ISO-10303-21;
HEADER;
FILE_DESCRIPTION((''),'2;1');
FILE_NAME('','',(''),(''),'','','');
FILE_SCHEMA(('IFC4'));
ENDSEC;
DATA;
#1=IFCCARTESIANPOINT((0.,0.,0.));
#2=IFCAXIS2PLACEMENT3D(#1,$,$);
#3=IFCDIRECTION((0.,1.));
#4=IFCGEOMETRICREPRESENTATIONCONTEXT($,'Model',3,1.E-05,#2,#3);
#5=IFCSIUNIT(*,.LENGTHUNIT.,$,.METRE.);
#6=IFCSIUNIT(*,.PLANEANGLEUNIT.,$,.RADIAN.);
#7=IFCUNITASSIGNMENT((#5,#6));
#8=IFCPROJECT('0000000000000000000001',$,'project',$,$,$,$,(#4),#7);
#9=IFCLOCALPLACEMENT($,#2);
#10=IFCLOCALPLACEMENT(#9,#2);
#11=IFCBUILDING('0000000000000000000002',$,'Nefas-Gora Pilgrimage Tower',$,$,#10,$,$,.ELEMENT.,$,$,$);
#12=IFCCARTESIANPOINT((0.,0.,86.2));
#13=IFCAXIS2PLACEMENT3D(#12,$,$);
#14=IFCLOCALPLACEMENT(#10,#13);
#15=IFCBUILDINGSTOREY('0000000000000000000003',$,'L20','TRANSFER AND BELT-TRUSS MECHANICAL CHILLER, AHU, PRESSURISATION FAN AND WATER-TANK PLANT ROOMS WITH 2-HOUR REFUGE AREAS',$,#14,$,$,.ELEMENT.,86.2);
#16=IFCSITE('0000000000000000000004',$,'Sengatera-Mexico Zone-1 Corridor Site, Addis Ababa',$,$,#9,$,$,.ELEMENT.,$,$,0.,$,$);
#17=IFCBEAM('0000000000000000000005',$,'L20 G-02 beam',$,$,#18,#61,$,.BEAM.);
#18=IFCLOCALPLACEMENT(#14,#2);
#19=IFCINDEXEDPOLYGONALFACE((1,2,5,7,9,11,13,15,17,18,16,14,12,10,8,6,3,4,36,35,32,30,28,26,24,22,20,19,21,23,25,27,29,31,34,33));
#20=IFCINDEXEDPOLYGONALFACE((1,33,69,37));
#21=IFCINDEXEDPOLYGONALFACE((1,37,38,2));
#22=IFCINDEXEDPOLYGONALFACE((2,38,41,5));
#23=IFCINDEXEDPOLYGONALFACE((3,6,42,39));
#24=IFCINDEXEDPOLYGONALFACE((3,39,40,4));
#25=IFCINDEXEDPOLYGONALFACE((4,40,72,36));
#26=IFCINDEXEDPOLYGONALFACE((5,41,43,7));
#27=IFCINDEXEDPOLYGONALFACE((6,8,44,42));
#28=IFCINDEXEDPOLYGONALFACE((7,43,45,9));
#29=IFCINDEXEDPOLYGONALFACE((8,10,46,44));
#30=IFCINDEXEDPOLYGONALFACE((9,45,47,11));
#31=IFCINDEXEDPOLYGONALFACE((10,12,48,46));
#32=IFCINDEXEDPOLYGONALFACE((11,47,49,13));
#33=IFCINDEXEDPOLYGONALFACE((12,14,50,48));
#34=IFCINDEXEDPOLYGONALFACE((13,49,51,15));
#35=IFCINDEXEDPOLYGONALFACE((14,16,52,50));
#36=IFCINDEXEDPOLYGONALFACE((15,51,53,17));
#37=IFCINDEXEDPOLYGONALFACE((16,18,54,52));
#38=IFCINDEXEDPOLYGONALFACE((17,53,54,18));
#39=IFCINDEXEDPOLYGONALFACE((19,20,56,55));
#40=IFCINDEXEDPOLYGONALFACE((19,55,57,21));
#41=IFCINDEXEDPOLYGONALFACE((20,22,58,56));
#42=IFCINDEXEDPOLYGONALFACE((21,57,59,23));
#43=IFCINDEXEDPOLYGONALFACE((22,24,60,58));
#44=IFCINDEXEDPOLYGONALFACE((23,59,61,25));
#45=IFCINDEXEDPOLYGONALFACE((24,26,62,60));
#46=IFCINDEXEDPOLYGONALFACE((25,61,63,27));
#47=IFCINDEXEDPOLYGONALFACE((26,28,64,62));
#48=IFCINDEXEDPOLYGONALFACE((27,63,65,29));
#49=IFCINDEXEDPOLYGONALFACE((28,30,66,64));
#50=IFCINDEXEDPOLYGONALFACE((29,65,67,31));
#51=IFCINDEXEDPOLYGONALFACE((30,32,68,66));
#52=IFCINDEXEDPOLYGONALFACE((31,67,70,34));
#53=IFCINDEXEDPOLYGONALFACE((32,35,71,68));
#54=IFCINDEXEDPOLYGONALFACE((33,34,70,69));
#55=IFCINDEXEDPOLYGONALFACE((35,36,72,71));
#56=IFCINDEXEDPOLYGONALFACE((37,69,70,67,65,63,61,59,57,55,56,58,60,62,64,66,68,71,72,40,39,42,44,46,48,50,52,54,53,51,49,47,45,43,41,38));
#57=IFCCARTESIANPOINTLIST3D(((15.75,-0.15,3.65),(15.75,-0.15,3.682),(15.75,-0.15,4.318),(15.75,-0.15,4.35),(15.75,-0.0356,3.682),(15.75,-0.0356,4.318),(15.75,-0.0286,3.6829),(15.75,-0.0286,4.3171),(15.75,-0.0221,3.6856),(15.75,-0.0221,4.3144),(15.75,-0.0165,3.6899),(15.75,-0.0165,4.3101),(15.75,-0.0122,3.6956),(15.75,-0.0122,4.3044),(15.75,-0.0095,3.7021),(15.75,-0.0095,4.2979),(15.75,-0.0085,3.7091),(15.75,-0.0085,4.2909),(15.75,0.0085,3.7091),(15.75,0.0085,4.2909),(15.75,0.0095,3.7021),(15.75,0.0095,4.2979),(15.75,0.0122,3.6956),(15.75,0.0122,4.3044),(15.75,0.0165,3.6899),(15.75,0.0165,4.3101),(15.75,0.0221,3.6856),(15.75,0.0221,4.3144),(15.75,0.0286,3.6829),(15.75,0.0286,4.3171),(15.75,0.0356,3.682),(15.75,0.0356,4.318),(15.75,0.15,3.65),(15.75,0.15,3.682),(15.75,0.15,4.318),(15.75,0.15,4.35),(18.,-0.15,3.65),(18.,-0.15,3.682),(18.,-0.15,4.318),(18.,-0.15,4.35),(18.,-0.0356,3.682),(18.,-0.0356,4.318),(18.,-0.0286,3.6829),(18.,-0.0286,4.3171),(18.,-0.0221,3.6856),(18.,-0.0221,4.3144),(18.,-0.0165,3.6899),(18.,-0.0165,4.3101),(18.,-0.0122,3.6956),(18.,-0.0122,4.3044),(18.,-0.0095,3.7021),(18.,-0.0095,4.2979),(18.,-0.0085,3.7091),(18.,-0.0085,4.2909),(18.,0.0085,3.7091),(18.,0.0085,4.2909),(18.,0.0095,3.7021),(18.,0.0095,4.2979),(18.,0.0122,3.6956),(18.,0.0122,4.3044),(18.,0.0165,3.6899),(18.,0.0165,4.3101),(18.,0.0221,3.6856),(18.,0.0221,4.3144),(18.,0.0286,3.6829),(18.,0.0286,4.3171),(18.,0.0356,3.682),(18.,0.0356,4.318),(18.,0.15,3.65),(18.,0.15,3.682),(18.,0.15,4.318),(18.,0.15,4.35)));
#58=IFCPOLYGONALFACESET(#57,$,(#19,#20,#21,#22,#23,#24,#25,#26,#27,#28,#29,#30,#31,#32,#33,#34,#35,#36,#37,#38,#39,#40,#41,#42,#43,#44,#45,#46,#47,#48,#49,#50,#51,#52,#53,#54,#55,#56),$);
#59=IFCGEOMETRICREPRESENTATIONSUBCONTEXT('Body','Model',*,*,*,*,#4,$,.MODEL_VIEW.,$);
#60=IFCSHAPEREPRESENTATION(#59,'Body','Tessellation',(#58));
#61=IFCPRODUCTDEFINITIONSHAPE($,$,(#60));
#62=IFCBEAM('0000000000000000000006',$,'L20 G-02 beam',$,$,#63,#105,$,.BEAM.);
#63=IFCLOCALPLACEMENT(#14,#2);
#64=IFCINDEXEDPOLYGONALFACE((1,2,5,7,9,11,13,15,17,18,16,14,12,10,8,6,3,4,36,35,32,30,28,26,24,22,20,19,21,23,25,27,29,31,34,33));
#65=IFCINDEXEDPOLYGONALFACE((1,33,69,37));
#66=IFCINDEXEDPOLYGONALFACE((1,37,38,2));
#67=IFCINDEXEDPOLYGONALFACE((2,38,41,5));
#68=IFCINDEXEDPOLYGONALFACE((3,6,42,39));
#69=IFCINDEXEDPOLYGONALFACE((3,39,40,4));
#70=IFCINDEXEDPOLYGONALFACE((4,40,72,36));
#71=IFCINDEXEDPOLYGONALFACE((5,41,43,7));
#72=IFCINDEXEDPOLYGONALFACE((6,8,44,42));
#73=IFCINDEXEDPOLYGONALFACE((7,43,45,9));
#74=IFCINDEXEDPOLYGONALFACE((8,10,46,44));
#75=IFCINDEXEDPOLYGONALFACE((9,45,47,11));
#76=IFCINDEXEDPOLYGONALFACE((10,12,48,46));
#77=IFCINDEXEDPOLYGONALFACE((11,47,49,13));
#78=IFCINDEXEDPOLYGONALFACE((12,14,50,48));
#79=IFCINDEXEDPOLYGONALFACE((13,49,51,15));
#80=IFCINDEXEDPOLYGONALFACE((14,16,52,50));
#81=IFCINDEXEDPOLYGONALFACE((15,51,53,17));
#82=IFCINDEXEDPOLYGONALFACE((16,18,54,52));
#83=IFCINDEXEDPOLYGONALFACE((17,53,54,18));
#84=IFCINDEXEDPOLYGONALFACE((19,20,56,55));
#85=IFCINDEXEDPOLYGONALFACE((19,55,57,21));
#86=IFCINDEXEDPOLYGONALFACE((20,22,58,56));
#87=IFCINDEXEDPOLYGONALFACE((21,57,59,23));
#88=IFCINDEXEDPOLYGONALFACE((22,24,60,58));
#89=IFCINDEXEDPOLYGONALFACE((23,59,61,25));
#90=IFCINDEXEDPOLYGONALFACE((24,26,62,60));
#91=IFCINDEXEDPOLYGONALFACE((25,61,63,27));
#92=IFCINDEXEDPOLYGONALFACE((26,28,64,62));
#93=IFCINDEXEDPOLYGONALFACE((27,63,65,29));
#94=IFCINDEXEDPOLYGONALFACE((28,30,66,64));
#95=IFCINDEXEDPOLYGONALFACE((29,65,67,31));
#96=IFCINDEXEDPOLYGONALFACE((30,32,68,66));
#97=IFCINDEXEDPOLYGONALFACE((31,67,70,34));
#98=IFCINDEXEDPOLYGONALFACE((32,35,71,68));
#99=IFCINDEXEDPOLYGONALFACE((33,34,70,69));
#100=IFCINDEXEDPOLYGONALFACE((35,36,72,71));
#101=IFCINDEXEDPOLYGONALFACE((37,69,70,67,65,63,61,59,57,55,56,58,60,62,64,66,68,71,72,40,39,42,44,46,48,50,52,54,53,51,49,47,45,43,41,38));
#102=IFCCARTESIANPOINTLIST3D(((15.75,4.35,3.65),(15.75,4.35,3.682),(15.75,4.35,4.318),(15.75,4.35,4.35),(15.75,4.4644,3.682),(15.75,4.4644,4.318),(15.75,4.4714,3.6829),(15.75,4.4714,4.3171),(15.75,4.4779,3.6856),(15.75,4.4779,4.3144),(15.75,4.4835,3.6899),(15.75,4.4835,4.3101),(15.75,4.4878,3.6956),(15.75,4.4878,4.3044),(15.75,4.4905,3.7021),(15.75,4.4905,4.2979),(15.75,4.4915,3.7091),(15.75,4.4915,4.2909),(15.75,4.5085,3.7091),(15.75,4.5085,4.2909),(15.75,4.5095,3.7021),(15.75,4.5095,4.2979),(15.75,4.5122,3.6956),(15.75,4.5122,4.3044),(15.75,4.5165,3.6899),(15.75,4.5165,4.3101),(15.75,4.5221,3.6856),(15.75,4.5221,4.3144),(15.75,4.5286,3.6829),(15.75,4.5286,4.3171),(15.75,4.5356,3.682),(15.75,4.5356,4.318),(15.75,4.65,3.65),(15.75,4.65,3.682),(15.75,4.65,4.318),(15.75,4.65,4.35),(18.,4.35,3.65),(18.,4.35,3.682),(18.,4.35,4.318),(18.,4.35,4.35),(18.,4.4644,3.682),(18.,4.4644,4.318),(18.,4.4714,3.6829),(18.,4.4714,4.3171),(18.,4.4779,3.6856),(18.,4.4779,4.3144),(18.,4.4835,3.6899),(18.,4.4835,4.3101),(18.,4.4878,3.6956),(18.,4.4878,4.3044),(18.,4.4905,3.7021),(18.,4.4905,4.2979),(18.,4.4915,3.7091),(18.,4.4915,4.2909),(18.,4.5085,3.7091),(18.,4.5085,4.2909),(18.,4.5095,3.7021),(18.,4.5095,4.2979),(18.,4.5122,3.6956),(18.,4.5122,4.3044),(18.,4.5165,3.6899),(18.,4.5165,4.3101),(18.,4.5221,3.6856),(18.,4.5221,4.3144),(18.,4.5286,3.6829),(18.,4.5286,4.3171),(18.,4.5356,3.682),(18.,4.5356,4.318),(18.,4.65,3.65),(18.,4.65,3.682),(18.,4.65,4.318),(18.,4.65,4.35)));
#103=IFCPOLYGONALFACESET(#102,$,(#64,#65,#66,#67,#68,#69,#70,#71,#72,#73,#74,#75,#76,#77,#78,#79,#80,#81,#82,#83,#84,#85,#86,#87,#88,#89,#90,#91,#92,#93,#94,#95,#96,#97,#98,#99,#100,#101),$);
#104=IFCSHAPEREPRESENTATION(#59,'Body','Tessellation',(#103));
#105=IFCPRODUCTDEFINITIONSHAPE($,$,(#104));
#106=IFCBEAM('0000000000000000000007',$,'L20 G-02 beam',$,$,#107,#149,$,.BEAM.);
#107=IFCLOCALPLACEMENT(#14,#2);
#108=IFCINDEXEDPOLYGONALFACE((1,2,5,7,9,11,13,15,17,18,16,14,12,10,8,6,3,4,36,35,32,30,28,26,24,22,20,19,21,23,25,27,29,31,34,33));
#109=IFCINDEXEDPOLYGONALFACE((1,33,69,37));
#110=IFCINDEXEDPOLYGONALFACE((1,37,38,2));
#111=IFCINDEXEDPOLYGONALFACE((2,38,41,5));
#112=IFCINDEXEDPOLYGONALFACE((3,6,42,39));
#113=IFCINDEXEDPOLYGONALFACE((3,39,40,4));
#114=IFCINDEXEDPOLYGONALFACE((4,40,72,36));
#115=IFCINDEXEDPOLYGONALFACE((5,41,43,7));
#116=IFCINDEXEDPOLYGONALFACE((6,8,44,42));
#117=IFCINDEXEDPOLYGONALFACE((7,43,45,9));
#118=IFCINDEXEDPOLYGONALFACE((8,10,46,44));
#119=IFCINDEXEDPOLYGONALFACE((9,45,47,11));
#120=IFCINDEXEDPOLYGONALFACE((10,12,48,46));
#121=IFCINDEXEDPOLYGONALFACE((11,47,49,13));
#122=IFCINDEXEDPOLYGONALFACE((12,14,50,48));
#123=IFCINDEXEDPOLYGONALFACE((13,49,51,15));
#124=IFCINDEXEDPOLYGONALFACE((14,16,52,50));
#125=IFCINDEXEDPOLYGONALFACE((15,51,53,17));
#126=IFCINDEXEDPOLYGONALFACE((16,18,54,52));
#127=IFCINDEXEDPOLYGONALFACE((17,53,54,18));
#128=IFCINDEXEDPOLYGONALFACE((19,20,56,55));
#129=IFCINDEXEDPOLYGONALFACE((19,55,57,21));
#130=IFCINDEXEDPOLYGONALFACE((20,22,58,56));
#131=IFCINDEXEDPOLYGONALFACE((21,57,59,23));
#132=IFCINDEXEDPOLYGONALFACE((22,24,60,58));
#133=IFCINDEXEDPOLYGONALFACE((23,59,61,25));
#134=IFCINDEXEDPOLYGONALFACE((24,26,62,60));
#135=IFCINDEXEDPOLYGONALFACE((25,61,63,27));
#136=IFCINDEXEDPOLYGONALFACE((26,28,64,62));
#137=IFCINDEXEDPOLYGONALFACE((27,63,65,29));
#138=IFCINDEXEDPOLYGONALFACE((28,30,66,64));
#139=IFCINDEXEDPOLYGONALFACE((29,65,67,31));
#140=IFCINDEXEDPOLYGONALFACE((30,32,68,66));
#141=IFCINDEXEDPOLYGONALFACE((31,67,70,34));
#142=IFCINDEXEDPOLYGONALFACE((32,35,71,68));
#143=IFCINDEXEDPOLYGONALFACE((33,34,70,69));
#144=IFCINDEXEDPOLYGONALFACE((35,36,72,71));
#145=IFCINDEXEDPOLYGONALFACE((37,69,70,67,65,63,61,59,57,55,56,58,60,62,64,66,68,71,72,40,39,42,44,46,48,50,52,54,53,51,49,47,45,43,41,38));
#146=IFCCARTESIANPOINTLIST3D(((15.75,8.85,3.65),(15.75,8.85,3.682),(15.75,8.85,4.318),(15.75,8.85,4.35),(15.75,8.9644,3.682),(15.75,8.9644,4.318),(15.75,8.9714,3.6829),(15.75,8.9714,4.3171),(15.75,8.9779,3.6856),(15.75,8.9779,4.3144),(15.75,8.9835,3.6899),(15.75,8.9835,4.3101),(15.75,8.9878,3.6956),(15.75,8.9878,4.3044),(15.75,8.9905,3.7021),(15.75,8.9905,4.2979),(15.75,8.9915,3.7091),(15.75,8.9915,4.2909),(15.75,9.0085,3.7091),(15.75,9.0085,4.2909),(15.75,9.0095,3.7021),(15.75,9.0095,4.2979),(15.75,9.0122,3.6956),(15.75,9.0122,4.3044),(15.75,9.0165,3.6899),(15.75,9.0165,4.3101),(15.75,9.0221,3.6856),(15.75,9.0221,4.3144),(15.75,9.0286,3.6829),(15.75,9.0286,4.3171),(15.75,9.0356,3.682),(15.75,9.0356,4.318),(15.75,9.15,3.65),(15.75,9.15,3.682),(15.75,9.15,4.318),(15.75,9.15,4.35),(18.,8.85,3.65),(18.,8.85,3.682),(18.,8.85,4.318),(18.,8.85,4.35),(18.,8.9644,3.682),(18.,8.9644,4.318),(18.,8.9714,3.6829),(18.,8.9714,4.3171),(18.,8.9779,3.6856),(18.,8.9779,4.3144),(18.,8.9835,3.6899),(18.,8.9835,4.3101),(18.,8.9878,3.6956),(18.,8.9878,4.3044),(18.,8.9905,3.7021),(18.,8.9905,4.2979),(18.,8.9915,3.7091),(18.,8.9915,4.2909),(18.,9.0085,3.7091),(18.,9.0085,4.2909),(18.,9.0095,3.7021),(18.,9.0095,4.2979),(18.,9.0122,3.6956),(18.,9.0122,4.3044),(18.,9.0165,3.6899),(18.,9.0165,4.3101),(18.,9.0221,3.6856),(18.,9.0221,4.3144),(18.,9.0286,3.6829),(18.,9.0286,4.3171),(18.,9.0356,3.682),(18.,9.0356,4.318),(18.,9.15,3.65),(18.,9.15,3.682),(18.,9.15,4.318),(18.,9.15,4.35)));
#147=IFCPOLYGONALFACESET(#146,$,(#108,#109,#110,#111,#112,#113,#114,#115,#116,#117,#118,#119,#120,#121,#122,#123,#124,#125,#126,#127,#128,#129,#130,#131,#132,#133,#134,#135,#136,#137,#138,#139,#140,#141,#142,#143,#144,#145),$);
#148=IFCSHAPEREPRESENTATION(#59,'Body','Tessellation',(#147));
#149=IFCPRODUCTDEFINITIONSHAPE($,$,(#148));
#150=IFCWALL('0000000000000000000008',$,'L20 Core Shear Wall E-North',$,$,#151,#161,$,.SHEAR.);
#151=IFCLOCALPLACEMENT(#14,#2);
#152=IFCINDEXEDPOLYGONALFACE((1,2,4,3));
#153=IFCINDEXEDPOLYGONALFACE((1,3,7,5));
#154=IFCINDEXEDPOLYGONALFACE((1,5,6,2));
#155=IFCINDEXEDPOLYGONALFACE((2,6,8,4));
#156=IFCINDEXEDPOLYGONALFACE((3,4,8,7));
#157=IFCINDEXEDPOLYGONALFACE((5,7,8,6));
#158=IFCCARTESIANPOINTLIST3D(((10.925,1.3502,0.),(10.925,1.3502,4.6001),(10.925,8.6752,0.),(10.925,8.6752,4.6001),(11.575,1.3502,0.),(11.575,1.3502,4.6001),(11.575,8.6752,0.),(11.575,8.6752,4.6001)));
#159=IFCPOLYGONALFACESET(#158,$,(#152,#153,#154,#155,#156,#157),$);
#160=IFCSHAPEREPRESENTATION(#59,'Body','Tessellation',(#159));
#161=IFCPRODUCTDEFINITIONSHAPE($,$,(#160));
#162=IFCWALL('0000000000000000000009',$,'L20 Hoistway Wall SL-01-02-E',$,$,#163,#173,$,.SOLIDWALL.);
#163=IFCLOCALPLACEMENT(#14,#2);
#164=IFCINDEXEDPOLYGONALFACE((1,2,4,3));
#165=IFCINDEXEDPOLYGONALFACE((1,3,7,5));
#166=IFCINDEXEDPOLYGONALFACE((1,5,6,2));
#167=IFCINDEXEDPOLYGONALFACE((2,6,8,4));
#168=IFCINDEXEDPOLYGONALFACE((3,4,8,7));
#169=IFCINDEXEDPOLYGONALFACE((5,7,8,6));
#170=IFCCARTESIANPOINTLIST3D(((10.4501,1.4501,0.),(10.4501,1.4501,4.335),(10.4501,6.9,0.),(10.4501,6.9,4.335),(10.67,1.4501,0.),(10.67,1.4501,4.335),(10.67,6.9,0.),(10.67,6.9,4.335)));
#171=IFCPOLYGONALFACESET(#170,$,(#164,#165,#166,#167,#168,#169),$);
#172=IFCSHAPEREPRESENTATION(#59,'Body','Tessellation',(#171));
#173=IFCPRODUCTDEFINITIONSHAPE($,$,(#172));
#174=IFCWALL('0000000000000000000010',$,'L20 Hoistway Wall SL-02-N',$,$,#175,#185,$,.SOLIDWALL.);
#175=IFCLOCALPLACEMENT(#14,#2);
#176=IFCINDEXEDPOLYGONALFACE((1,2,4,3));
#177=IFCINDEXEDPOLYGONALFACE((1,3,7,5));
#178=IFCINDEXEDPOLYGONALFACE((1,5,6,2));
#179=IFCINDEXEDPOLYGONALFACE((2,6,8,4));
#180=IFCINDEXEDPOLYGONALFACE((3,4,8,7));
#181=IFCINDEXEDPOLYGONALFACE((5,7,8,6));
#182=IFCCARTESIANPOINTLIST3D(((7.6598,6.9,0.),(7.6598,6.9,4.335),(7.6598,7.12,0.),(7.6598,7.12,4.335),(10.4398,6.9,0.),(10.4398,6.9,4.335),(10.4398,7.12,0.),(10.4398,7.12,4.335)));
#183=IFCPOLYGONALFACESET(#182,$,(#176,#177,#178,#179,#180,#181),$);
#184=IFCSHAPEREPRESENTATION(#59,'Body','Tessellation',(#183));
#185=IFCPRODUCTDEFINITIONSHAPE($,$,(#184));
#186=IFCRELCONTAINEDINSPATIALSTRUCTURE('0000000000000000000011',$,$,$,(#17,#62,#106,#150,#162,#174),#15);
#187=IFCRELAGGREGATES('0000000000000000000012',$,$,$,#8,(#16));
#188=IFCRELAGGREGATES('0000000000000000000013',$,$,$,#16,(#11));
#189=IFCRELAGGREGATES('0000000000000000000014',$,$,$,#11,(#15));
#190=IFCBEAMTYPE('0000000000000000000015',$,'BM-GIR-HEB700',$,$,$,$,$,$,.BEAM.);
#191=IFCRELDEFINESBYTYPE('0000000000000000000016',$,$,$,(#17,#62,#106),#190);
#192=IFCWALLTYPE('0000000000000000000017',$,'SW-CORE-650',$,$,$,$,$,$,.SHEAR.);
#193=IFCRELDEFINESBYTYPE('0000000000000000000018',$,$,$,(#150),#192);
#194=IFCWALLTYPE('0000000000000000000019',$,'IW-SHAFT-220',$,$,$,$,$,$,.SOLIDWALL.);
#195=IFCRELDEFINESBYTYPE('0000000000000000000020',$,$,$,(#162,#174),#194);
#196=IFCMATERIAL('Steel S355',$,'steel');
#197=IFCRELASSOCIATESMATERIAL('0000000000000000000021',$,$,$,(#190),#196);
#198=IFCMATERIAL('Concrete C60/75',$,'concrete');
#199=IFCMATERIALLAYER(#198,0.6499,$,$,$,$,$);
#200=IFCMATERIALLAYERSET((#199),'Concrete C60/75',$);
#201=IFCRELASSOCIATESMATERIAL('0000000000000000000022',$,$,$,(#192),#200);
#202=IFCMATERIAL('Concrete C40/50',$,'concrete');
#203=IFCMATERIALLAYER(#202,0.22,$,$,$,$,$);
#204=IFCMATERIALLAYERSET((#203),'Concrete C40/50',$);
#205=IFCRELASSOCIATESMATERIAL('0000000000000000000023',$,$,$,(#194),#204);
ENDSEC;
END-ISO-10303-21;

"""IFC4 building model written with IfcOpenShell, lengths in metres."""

from ifc_helpers import new_model, si_unit, direction, frame, frame_2d, origin, origin_2d, place, context, subcontext, project, spatial, rectangle, i_section, extrude, source, transform, mapped, material, layer, layer_set, material_profile, profile_set, type_object, element, save


model = new_model("IFC4")

# Units and contexts
model_context = context("Model", 3, precision=1e-05, world=origin(), true_north=direction((0.0, 1.0)))
body_context = subcontext(model_context, "Body", "Model", "MODEL_VIEW")
ifc_project = project(units=[si_unit("LENGTHUNIT", "METRE"), si_unit("PLANEANGLEUNIT", "RADIAN")], contexts=[model_context])

# Site, building, storey
site_placement = place(None, origin())
site = spatial("IfcSite", under=ifc_project, at=site_placement, Name="Sengatera-Mexico Zone-1 Corridor Site, Addis Ababa", CompositionType="ELEMENT", RefElevation=0.0)
building_placement = place(site_placement, origin())
building = spatial("IfcBuilding", under=site, at=building_placement, Name="Nefas-Gora Pilgrimage Tower", CompositionType="ELEMENT")
storey_placement = place(building_placement, frame((0.0, 0.0, 86.2)))
storey = spatial("IfcBuildingStorey", under=building, at=storey_placement, Name="L20", Description="TRANSFER AND BELT-TRUSS MECHANICAL CHILLER, AHU, PRESSURISATION FAN AND WATER-TANK PLANT ROOMS WITH 2-HOUR REFUGE AREAS", CompositionType="ELEMENT", Elevation=86.2)

# Beams
ifc_material_1 = material(Name="Steel S355", Category="steel")
ifc_material_profile_1 = material_profile(ifc_material_1, i_section(OverallWidth=0.3, OverallDepth=0.7, WebThickness=0.0171, FlangeThickness=0.032, FilletRadius=0.0271, at=origin_2d()), Name="HEB 700")
ifc_profile_set_1 = profile_set([ifc_material_profile_1], Name="Steel S355")
beam_type = type_object("IfcBeamType", Name="BM-GIR-HEB700", PredefinedType="BEAM", material=ifc_profile_set_1)
shared_shape_1 = source(origin(), body_context, "Body", "SweptSolid", [
    extrude(i_section(OverallWidth=0.3, OverallDepth=0.7, WebThickness=0.0171, FlangeThickness=0.032, FilletRadius=0.0271, at=origin_2d()), origin(), (0.0, 0.0, 1.0), 2.25),
])
for number, where, z_axis, x_axis, name in (
    (1, (15.75, 0.0, 4.0), (1.0, 0.0, 0.0), (0.0, 1.0, 0.0), "L20 G-02 beam"),
    (2, (15.75, 4.5, 4.0), (1.0, 0.0, 0.0), (0.0, 1.0, 0.0), "L20 G-02 beam"),
    (3, (15.75, 9.0, 4.0), (1.0, 0.0, 0.0), (0.0, 1.0, 0.0), "L20 G-02 beam"),
):
    element("IfcBeam", number, at=place(storey_placement, frame(where, z_axis=z_axis, x_axis=x_axis)), inside=storey, type_object=beam_type, Name=name, PredefinedType="BEAM", context=body_context, shape_type="MappedRepresentation", body=[
        mapped(shared_shape_1, transform((0.0, 0.0, 0.0), x_axis=(1.0, 0.0, 0.0), y_axis=(0.0, 1.0, 0.0), z_axis=(0.0, 0.0, 1.0), scale=1.0)),
    ])

# Walls
ifc_material_2 = material(Name="Concrete C60/75", Category="concrete")
ifc_layer_1 = layer(ifc_material_2, 0.6499)
ifc_layer_set_1 = layer_set([ifc_layer_1], Name="Concrete C60/75")
wall_type_1 = type_object("IfcWallType", Name="SW-CORE-650", PredefinedType="SHEAR", material=ifc_layer_set_1)
shared_shape_2 = source(origin(), body_context, "Body", "SweptSolid", [
    extrude(rectangle(XDim=7.325, YDim=0.6499, at=frame_2d((3.6626, 0.0))), origin(), (0.0, 0.0, 1.0), 4.6001),
])
wall_1_placement = place(storey_placement, frame((11.25, 1.3501, 0.0), z_axis=(0.0, 0.0, 1.0), x_axis=(0.0, 1.0, 0.0)))
element("IfcWall", 4, at=wall_1_placement, inside=storey, type_object=wall_type_1, Name="L20 Core Shear Wall E-North", PredefinedType="SHEAR", context=body_context, shape_type="MappedRepresentation", body=[
    mapped(shared_shape_2, transform((0.0, 0.0, 0.0), x_axis=(1.0, 0.0, 0.0), y_axis=(0.0, 1.0, 0.0), z_axis=(0.0, 0.0, 1.0), scale=1.0)),
])
ifc_material_3 = material(Name="Concrete C40/50", Category="concrete")
ifc_layer_2 = layer(ifc_material_3, 0.22)
ifc_layer_set_2 = layer_set([ifc_layer_2], Name="Concrete C40/50")
wall_type_2 = type_object("IfcWallType", Name="IW-SHAFT-220", PredefinedType="SOLIDWALL", material=ifc_layer_set_2)
shared_shape_3 = source(origin(), body_context, "Body", "SweptSolid", [
    extrude(rectangle(XDim=5.45, YDim=0.22, at=frame_2d((2.7251, 0.0))), origin(), (0.0, 0.0, 1.0), 4.335),
])
wall_2_placement = place(storey_placement, frame((10.5601, 1.45, 0.0), z_axis=(0.0, 0.0, 1.0), x_axis=(0.0, 1.0, 0.0)))
element("IfcWall", 5, at=wall_2_placement, inside=storey, type_object=wall_type_2, Name="L20 Hoistway Wall SL-01-02-E", PredefinedType="SOLIDWALL", context=body_context, shape_type="MappedRepresentation", body=[
    mapped(shared_shape_3, transform((0.0, 0.0, 0.0), x_axis=(1.0, 0.0, 0.0), y_axis=(0.0, 1.0, 0.0), z_axis=(0.0, 0.0, 1.0), scale=1.0)),
])
shared_shape_4 = source(origin(), body_context, "Body", "SweptSolid", [
    extrude(rectangle(XDim=2.78, YDim=0.22, at=frame_2d((1.3901, 0.0))), origin(), (0.0, 0.0, 1.0), 4.335),
])
wall_3_placement = place(storey_placement, frame((10.4399, 7.01, 0.0), z_axis=(0.0, 0.0, 1.0), x_axis=(-1.0, 0.0, 0.0)))
element("IfcWall", 6, at=wall_3_placement, inside=storey, type_object=wall_type_2, Name="L20 Hoistway Wall SL-02-N", PredefinedType="SOLIDWALL", context=body_context, shape_type="MappedRepresentation", body=[
    mapped(shared_shape_4, transform((0.0, 0.0, 0.0), x_axis=(1.0, 0.0, 0.0), y_axis=(0.0, 1.0, 0.0), z_axis=(0.0, 0.0, 1.0), scale=1.0)),
])

save(model, "model.ifc")
